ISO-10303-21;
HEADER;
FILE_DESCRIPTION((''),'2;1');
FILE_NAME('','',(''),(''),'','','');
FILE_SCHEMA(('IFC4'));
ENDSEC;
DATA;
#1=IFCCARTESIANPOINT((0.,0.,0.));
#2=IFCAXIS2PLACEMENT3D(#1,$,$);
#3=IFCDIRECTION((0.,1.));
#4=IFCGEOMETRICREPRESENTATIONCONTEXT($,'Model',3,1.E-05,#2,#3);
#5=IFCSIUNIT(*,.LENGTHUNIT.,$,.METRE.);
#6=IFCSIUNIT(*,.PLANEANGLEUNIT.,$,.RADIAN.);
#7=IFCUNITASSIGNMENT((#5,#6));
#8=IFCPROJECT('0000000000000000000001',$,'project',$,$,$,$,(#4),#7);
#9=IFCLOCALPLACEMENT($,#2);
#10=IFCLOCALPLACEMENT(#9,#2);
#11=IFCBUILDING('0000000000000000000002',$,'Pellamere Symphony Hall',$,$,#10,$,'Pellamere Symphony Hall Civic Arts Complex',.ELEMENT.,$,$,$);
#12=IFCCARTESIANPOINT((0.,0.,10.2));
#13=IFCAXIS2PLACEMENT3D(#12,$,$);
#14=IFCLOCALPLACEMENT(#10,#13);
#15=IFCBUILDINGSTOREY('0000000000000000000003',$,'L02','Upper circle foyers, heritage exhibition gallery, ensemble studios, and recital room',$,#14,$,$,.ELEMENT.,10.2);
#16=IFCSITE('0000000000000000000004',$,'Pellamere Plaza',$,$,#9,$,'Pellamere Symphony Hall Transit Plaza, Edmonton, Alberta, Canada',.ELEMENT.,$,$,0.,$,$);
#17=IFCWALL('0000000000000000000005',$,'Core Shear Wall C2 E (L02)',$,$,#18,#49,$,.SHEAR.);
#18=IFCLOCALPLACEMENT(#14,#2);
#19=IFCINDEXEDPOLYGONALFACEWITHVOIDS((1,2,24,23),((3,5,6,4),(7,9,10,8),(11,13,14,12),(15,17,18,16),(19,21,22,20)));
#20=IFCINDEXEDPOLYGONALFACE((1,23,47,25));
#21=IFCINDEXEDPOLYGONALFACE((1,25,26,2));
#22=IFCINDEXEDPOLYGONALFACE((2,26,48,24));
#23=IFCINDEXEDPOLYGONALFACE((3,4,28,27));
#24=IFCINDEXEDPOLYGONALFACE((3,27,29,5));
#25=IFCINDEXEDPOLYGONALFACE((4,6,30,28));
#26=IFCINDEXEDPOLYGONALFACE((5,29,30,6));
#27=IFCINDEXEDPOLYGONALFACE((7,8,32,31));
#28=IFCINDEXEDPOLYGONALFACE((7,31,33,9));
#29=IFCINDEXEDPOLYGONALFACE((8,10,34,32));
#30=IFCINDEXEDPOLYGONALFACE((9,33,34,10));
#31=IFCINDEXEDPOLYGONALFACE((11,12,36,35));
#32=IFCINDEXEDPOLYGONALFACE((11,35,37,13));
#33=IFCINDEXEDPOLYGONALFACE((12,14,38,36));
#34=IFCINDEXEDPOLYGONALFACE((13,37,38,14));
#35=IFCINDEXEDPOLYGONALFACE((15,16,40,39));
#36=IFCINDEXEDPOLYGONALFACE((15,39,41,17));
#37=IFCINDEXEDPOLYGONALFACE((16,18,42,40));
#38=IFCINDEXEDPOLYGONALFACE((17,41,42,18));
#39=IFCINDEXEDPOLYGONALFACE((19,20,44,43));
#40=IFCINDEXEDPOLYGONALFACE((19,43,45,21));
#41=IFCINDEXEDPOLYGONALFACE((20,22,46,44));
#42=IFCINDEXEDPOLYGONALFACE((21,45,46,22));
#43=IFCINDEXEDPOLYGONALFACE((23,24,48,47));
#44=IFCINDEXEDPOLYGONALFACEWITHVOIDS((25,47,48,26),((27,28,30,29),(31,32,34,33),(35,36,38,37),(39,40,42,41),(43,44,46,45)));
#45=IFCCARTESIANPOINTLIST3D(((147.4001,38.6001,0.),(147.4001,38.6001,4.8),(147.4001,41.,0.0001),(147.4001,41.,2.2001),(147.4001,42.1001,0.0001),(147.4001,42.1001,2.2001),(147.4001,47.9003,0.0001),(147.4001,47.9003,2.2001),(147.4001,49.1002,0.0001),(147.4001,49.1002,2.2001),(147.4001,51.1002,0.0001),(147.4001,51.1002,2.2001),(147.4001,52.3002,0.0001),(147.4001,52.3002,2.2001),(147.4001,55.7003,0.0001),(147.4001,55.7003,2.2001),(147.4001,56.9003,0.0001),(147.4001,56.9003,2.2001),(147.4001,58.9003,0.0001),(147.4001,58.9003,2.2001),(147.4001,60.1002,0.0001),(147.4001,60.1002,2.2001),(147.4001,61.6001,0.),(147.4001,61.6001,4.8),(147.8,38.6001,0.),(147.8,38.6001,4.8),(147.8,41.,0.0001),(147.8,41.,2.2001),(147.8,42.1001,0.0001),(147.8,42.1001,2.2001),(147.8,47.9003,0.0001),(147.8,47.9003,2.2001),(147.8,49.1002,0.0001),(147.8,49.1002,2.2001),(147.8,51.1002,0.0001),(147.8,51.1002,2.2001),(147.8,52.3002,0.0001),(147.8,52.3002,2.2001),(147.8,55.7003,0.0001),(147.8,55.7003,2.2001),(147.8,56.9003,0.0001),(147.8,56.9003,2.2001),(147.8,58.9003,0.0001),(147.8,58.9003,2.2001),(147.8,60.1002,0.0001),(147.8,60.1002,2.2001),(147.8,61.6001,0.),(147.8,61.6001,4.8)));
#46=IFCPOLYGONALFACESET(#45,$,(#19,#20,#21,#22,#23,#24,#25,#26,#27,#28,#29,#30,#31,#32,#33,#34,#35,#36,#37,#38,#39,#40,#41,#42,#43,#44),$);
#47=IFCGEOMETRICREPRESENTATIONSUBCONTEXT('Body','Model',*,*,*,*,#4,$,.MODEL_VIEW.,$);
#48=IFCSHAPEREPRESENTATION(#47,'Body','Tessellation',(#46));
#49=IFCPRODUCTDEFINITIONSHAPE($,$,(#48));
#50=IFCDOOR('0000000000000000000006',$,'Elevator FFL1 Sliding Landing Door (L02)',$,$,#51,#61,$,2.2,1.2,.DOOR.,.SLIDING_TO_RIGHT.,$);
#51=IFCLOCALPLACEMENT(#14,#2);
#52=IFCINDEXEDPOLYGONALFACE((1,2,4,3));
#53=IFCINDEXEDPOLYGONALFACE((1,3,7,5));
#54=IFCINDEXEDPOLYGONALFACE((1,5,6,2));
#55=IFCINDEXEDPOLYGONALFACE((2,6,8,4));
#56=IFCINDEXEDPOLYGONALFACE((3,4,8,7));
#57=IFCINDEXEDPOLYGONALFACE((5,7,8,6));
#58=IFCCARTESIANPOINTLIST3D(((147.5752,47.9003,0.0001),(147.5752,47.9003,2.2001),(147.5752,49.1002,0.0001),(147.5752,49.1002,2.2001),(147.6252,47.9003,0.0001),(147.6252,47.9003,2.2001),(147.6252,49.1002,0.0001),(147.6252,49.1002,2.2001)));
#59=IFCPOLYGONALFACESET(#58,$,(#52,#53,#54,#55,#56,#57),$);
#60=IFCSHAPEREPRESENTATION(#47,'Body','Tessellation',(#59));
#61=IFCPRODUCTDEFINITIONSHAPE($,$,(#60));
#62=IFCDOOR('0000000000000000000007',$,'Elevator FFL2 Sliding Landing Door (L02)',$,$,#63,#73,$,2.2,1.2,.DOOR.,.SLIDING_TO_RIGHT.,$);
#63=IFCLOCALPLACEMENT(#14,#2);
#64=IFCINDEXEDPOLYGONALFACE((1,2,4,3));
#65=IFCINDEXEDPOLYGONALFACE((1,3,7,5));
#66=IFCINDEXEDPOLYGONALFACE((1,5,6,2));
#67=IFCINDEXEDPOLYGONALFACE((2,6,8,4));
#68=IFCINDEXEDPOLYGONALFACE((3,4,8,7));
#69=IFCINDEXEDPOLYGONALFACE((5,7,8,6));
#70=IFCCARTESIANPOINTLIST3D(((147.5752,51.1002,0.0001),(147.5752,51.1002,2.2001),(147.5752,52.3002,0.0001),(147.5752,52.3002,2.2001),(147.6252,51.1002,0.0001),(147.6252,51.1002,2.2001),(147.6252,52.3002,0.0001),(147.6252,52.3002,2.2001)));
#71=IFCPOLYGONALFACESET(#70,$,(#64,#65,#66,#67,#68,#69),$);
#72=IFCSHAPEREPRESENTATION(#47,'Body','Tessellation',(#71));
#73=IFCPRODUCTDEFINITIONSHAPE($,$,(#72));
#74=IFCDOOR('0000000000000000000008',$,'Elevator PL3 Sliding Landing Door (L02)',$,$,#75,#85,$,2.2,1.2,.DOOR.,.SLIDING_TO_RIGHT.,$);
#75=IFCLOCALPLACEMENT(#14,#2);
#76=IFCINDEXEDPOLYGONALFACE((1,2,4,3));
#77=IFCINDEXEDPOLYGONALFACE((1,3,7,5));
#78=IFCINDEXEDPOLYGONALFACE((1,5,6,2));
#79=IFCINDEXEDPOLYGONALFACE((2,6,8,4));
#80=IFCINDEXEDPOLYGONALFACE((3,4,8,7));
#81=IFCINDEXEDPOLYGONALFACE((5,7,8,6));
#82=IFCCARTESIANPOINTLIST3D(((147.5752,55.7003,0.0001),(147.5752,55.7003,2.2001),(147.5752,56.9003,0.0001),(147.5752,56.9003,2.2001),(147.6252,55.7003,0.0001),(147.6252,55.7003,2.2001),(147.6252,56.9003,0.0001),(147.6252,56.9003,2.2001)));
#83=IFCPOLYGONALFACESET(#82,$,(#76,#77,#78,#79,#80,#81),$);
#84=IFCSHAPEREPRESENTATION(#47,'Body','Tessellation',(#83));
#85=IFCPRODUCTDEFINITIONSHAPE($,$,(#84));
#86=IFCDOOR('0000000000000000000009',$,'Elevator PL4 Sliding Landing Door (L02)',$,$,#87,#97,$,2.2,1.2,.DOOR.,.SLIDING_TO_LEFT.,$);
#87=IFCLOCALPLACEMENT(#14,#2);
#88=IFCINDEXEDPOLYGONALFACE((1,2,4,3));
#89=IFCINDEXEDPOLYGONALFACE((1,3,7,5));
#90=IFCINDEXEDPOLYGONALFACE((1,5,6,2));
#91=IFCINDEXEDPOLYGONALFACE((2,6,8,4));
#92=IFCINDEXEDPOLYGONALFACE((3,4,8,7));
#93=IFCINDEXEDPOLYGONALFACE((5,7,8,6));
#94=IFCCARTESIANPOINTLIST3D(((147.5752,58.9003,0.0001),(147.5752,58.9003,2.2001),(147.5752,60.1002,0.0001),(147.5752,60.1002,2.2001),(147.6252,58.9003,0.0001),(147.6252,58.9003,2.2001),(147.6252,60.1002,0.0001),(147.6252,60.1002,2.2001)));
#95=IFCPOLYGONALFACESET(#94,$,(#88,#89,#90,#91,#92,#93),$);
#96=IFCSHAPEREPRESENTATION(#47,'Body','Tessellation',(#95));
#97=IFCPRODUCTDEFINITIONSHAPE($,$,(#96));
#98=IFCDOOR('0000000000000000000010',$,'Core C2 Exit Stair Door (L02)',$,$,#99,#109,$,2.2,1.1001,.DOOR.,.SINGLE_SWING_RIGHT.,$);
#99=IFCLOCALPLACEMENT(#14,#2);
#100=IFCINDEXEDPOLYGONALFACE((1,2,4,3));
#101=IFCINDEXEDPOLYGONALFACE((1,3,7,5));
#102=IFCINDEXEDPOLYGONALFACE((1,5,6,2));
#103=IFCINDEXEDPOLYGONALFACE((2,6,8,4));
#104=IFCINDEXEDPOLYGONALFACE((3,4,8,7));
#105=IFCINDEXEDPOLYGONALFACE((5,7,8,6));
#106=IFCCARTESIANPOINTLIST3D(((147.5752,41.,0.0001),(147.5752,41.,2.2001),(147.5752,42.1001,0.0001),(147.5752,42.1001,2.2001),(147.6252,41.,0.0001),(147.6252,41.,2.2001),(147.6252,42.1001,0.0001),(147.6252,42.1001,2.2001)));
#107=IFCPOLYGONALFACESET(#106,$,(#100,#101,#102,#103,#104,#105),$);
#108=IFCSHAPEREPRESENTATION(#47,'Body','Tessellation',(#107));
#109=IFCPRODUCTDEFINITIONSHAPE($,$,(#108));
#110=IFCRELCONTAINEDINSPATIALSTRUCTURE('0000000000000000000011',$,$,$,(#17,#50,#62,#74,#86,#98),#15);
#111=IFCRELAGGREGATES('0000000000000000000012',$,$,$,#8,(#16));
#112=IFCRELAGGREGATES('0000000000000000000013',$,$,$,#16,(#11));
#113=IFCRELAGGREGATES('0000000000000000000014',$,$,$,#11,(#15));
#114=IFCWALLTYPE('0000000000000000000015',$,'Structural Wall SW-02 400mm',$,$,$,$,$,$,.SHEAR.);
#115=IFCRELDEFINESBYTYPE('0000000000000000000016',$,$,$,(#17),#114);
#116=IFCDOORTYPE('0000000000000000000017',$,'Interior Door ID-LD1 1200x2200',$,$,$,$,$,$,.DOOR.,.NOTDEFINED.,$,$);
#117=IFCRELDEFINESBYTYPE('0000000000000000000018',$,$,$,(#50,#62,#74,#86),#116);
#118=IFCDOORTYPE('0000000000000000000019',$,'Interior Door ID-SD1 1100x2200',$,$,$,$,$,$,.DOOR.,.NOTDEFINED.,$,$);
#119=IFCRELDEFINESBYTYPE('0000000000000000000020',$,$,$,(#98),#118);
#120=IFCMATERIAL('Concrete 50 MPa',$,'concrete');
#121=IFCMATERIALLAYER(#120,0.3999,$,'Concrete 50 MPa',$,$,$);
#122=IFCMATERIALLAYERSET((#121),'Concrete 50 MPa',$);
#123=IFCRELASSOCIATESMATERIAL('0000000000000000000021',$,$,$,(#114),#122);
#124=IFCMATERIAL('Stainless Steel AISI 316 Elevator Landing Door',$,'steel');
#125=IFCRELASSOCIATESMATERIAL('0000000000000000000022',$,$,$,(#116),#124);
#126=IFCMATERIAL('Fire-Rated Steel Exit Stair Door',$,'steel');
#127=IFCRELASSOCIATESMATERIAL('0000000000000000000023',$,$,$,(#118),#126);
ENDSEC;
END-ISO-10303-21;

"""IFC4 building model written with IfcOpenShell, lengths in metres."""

from ifc_helpers import new_model, si_unit, direction, frame, frame_2d, origin, place, context, subcontext, project, spatial, rectangle, extrude, material, layer, layer_set, type_object, element, fill, save


model = new_model("IFC4")

# Units and contexts
model_context = context("Model", 3, precision=1e-05, world=origin(), true_north=direction((0.0, 1.0)))
body_context = subcontext(model_context, "Body", "Model", "MODEL_VIEW")
ifc_project = project(units=[si_unit("LENGTHUNIT", "METRE"), si_unit("PLANEANGLEUNIT", "RADIAN")], contexts=[model_context])

# Site, building, storey
site_placement = place(None, origin())
site = spatial("IfcSite", under=ifc_project, at=site_placement, Name="Pellamere Plaza", LongName="Pellamere Symphony Hall Transit Plaza, Edmonton, Alberta, Canada", CompositionType="ELEMENT", RefElevation=0.0)
building_placement = place(site_placement, origin())
building = spatial("IfcBuilding", under=site, at=building_placement, Name="Pellamere Symphony Hall", LongName="Pellamere Symphony Hall Civic Arts Complex", CompositionType="ELEMENT")
storey_placement = place(building_placement, frame((0.0, 0.0, 10.2)))
storey = spatial("IfcBuildingStorey", under=building, at=storey_placement, Name="L02", Description="Upper circle foyers, heritage exhibition gallery, ensemble studios, and recital room", CompositionType="ELEMENT", Elevation=10.2)

# Wall, openings, doors
ifc_material_1 = material(Name="Concrete 50 MPa", Category="concrete")
ifc_layer_1 = layer(ifc_material_1, 0.3999, Name="Concrete 50 MPa")
ifc_layer_set_1 = layer_set([ifc_layer_1], Name="Concrete 50 MPa")
wall_type_1 = type_object("IfcWallType", Name="Structural Wall SW-02 400mm", PredefinedType="SHEAR", material=ifc_layer_set_1)
wall_1_placement = place(storey_placement, frame((147.6001, 38.6001, 0.0), z_axis=(0.0, 0.0, 1.0), x_axis=(0.0, 1.0, 0.0)))
wall_1 = element("IfcWall", 1, at=wall_1_placement, inside=storey, type_object=wall_type_1, Name="Core Shear Wall C2 E (L02)", PredefinedType="SHEAR", context=body_context, shape_type="SweptSolid", body=[
    extrude(rectangle(XDim=23.0, YDim=0.3999, at=frame_2d((11.5, 0.0))), origin(), (0.0, 0.0, 1.0), 4.8),
])
opening_1_placement = place(wall_1_placement, frame((9.3, 0.0, 0.0)))
opening_1 = element("IfcOpeningElement", 2, at=opening_1_placement, cuts=wall_1, PredefinedType="OPENING", context=body_context, shape_type="SweptSolid", body=[
    extrude(rectangle(XDim=1.2, YDim=2.2, at=frame_2d((0.6001, 1.1001))), frame((0.0, 0.21, 0.0), z_axis=(0.0, -1.0, 0.0), x_axis=(1.0, 0.0, 0.0)), (0.0, 0.0, 1.0), 0.4199),
])
opening_2_placement = place(wall_1_placement, frame((12.5, 0.0, 0.0)))
opening_2 = element("IfcOpeningElement", 3, at=opening_2_placement, cuts=wall_1, PredefinedType="OPENING", context=body_context, shape_type="SweptSolid", body=[
    extrude(rectangle(XDim=1.2, YDim=2.2, at=frame_2d((0.6001, 1.1001))), frame((0.0, 0.21, 0.0), z_axis=(0.0, -1.0, 0.0), x_axis=(1.0, 0.0, 0.0)), (0.0, 0.0, 1.0), 0.4199),
])
opening_3_placement = place(wall_1_placement, frame((17.1001, 0.0, 0.0)))
opening_3 = element("IfcOpeningElement", 4, at=opening_3_placement, cuts=wall_1, PredefinedType="OPENING", context=body_context, shape_type="SweptSolid", body=[
    extrude(rectangle(XDim=1.2, YDim=2.2, at=frame_2d((0.6001, 1.1001))), frame((0.0, 0.21, 0.0), z_axis=(0.0, -1.0, 0.0), x_axis=(1.0, 0.0, 0.0)), (0.0, 0.0, 1.0), 0.4199),
])
opening_4_placement = place(wall_1_placement, frame((20.3, 0.0, 0.0)))
opening_4 = element("IfcOpeningElement", 5, at=opening_4_placement, cuts=wall_1, PredefinedType="OPENING", context=body_context, shape_type="SweptSolid", body=[
    extrude(rectangle(XDim=1.2, YDim=2.2, at=frame_2d((0.6001, 1.1001))), frame((0.0, 0.21, 0.0), z_axis=(0.0, -1.0, 0.0), x_axis=(1.0, 0.0, 0.0)), (0.0, 0.0, 1.0), 0.4199),
])
opening_5_placement = place(wall_1_placement, frame((2.3999, 0.0, 0.0)))
opening_5 = element("IfcOpeningElement", 6, at=opening_5_placement, cuts=wall_1, PredefinedType="OPENING", context=body_context, shape_type="SweptSolid", body=[
    extrude(rectangle(XDim=1.1001, YDim=2.2, at=frame_2d((0.55, 1.1001))), frame((0.0, 0.21, 0.0), z_axis=(0.0, -1.0, 0.0), x_axis=(1.0, 0.0, 0.0)), (0.0, 0.0, 1.0), 0.4199),
])
ifc_material_2 = material(Name="Stainless Steel AISI 316 Elevator Landing Door", Category="steel")
door_type_1 = type_object("IfcDoorType", Name="Interior Door ID-LD1 1200x2200", OperationType="NOTDEFINED", PredefinedType="DOOR", material=ifc_material_2)
door_1_placement = place(opening_1_placement, origin())
door_1 = element("IfcDoor", 7, at=door_1_placement, inside=storey, type_object=door_type_1, Name="Elevator FFL1 Sliding Landing Door (L02)", OperationType="SLIDING_TO_RIGHT", OverallHeight=2.2, OverallWidth=1.2, PredefinedType="DOOR", context=body_context, shape_type="SweptSolid", body=[
    extrude(rectangle(XDim=1.2, YDim=2.2, at=frame_2d((0.6001, 1.1001))), frame((0.0, 0.0249, 0.0), z_axis=(0.0, -1.0, 0.0), x_axis=(1.0, 0.0, 0.0)), (0.0, 0.0, 1.0), 0.05),
])
fill(opening_1, door_1)
door_2_placement = place(opening_2_placement, origin())
door_2 = element("IfcDoor", 8, at=door_2_placement, inside=storey, type_object=door_type_1, Name="Elevator FFL2 Sliding Landing Door (L02)", OperationType="SLIDING_TO_RIGHT", OverallHeight=2.2, OverallWidth=1.2, PredefinedType="DOOR", context=body_context, shape_type="SweptSolid", body=[
    extrude(rectangle(XDim=1.2, YDim=2.2, at=frame_2d((0.6001, 1.1001))), frame((0.0, 0.0249, 0.0), z_axis=(0.0, -1.0, 0.0), x_axis=(1.0, 0.0, 0.0)), (0.0, 0.0, 1.0), 0.05),
])
fill(opening_2, door_2)
door_3_placement = place(opening_3_placement, origin())
door_3 = element("IfcDoor", 9, at=door_3_placement, inside=storey, type_object=door_type_1, Name="Elevator PL3 Sliding Landing Door (L02)", OperationType="SLIDING_TO_RIGHT", OverallHeight=2.2, OverallWidth=1.2, PredefinedType="DOOR", context=body_context, shape_type="SweptSolid", body=[
    extrude(rectangle(XDim=1.2, YDim=2.2, at=frame_2d((0.6001, 1.1001))), frame((0.0, 0.0249, 0.0), z_axis=(0.0, -1.0, 0.0), x_axis=(1.0, 0.0, 0.0)), (0.0, 0.0, 1.0), 0.05),
])
fill(opening_3, door_3)
door_4_placement = place(opening_4_placement, origin())
door_4 = element("IfcDoor", 10, at=door_4_placement, inside=storey, type_object=door_type_1, Name="Elevator PL4 Sliding Landing Door (L02)", OperationType="SLIDING_TO_LEFT", OverallHeight=2.2, OverallWidth=1.2, PredefinedType="DOOR", context=body_context, shape_type="SweptSolid", body=[
    extrude(rectangle(XDim=1.2, YDim=2.2, at=frame_2d((0.6001, 1.1001))), frame((0.0, 0.0249, 0.0), z_axis=(0.0, -1.0, 0.0), x_axis=(1.0, 0.0, 0.0)), (0.0, 0.0, 1.0), 0.05),
])
fill(opening_4, door_4)
ifc_material_3 = material(Name="Fire-Rated Steel Exit Stair Door", Category="steel")
door_type_2 = type_object("IfcDoorType", Name="Interior Door ID-SD1 1100x2200", OperationType="NOTDEFINED", PredefinedType="DOOR", material=ifc_material_3)
door_5_placement = place(opening_5_placement, origin())
door_5 = element("IfcDoor", 11, at=door_5_placement, inside=storey, type_object=door_type_2, Name="Core C2 Exit Stair Door (L02)", OperationType="SINGLE_SWING_RIGHT", OverallHeight=2.2, OverallWidth=1.1001, PredefinedType="DOOR", context=body_context, shape_type="SweptSolid", body=[
    extrude(rectangle(XDim=1.1001, YDim=2.2, at=frame_2d((0.55, 1.1001))), frame((0.0, 0.0249, 0.0), z_axis=(0.0, -1.0, 0.0), x_axis=(1.0, 0.0, 0.0)), (0.0, 0.0, 1.0), 0.05),
])
fill(opening_5, door_5)

save(model, "model.ifc")
